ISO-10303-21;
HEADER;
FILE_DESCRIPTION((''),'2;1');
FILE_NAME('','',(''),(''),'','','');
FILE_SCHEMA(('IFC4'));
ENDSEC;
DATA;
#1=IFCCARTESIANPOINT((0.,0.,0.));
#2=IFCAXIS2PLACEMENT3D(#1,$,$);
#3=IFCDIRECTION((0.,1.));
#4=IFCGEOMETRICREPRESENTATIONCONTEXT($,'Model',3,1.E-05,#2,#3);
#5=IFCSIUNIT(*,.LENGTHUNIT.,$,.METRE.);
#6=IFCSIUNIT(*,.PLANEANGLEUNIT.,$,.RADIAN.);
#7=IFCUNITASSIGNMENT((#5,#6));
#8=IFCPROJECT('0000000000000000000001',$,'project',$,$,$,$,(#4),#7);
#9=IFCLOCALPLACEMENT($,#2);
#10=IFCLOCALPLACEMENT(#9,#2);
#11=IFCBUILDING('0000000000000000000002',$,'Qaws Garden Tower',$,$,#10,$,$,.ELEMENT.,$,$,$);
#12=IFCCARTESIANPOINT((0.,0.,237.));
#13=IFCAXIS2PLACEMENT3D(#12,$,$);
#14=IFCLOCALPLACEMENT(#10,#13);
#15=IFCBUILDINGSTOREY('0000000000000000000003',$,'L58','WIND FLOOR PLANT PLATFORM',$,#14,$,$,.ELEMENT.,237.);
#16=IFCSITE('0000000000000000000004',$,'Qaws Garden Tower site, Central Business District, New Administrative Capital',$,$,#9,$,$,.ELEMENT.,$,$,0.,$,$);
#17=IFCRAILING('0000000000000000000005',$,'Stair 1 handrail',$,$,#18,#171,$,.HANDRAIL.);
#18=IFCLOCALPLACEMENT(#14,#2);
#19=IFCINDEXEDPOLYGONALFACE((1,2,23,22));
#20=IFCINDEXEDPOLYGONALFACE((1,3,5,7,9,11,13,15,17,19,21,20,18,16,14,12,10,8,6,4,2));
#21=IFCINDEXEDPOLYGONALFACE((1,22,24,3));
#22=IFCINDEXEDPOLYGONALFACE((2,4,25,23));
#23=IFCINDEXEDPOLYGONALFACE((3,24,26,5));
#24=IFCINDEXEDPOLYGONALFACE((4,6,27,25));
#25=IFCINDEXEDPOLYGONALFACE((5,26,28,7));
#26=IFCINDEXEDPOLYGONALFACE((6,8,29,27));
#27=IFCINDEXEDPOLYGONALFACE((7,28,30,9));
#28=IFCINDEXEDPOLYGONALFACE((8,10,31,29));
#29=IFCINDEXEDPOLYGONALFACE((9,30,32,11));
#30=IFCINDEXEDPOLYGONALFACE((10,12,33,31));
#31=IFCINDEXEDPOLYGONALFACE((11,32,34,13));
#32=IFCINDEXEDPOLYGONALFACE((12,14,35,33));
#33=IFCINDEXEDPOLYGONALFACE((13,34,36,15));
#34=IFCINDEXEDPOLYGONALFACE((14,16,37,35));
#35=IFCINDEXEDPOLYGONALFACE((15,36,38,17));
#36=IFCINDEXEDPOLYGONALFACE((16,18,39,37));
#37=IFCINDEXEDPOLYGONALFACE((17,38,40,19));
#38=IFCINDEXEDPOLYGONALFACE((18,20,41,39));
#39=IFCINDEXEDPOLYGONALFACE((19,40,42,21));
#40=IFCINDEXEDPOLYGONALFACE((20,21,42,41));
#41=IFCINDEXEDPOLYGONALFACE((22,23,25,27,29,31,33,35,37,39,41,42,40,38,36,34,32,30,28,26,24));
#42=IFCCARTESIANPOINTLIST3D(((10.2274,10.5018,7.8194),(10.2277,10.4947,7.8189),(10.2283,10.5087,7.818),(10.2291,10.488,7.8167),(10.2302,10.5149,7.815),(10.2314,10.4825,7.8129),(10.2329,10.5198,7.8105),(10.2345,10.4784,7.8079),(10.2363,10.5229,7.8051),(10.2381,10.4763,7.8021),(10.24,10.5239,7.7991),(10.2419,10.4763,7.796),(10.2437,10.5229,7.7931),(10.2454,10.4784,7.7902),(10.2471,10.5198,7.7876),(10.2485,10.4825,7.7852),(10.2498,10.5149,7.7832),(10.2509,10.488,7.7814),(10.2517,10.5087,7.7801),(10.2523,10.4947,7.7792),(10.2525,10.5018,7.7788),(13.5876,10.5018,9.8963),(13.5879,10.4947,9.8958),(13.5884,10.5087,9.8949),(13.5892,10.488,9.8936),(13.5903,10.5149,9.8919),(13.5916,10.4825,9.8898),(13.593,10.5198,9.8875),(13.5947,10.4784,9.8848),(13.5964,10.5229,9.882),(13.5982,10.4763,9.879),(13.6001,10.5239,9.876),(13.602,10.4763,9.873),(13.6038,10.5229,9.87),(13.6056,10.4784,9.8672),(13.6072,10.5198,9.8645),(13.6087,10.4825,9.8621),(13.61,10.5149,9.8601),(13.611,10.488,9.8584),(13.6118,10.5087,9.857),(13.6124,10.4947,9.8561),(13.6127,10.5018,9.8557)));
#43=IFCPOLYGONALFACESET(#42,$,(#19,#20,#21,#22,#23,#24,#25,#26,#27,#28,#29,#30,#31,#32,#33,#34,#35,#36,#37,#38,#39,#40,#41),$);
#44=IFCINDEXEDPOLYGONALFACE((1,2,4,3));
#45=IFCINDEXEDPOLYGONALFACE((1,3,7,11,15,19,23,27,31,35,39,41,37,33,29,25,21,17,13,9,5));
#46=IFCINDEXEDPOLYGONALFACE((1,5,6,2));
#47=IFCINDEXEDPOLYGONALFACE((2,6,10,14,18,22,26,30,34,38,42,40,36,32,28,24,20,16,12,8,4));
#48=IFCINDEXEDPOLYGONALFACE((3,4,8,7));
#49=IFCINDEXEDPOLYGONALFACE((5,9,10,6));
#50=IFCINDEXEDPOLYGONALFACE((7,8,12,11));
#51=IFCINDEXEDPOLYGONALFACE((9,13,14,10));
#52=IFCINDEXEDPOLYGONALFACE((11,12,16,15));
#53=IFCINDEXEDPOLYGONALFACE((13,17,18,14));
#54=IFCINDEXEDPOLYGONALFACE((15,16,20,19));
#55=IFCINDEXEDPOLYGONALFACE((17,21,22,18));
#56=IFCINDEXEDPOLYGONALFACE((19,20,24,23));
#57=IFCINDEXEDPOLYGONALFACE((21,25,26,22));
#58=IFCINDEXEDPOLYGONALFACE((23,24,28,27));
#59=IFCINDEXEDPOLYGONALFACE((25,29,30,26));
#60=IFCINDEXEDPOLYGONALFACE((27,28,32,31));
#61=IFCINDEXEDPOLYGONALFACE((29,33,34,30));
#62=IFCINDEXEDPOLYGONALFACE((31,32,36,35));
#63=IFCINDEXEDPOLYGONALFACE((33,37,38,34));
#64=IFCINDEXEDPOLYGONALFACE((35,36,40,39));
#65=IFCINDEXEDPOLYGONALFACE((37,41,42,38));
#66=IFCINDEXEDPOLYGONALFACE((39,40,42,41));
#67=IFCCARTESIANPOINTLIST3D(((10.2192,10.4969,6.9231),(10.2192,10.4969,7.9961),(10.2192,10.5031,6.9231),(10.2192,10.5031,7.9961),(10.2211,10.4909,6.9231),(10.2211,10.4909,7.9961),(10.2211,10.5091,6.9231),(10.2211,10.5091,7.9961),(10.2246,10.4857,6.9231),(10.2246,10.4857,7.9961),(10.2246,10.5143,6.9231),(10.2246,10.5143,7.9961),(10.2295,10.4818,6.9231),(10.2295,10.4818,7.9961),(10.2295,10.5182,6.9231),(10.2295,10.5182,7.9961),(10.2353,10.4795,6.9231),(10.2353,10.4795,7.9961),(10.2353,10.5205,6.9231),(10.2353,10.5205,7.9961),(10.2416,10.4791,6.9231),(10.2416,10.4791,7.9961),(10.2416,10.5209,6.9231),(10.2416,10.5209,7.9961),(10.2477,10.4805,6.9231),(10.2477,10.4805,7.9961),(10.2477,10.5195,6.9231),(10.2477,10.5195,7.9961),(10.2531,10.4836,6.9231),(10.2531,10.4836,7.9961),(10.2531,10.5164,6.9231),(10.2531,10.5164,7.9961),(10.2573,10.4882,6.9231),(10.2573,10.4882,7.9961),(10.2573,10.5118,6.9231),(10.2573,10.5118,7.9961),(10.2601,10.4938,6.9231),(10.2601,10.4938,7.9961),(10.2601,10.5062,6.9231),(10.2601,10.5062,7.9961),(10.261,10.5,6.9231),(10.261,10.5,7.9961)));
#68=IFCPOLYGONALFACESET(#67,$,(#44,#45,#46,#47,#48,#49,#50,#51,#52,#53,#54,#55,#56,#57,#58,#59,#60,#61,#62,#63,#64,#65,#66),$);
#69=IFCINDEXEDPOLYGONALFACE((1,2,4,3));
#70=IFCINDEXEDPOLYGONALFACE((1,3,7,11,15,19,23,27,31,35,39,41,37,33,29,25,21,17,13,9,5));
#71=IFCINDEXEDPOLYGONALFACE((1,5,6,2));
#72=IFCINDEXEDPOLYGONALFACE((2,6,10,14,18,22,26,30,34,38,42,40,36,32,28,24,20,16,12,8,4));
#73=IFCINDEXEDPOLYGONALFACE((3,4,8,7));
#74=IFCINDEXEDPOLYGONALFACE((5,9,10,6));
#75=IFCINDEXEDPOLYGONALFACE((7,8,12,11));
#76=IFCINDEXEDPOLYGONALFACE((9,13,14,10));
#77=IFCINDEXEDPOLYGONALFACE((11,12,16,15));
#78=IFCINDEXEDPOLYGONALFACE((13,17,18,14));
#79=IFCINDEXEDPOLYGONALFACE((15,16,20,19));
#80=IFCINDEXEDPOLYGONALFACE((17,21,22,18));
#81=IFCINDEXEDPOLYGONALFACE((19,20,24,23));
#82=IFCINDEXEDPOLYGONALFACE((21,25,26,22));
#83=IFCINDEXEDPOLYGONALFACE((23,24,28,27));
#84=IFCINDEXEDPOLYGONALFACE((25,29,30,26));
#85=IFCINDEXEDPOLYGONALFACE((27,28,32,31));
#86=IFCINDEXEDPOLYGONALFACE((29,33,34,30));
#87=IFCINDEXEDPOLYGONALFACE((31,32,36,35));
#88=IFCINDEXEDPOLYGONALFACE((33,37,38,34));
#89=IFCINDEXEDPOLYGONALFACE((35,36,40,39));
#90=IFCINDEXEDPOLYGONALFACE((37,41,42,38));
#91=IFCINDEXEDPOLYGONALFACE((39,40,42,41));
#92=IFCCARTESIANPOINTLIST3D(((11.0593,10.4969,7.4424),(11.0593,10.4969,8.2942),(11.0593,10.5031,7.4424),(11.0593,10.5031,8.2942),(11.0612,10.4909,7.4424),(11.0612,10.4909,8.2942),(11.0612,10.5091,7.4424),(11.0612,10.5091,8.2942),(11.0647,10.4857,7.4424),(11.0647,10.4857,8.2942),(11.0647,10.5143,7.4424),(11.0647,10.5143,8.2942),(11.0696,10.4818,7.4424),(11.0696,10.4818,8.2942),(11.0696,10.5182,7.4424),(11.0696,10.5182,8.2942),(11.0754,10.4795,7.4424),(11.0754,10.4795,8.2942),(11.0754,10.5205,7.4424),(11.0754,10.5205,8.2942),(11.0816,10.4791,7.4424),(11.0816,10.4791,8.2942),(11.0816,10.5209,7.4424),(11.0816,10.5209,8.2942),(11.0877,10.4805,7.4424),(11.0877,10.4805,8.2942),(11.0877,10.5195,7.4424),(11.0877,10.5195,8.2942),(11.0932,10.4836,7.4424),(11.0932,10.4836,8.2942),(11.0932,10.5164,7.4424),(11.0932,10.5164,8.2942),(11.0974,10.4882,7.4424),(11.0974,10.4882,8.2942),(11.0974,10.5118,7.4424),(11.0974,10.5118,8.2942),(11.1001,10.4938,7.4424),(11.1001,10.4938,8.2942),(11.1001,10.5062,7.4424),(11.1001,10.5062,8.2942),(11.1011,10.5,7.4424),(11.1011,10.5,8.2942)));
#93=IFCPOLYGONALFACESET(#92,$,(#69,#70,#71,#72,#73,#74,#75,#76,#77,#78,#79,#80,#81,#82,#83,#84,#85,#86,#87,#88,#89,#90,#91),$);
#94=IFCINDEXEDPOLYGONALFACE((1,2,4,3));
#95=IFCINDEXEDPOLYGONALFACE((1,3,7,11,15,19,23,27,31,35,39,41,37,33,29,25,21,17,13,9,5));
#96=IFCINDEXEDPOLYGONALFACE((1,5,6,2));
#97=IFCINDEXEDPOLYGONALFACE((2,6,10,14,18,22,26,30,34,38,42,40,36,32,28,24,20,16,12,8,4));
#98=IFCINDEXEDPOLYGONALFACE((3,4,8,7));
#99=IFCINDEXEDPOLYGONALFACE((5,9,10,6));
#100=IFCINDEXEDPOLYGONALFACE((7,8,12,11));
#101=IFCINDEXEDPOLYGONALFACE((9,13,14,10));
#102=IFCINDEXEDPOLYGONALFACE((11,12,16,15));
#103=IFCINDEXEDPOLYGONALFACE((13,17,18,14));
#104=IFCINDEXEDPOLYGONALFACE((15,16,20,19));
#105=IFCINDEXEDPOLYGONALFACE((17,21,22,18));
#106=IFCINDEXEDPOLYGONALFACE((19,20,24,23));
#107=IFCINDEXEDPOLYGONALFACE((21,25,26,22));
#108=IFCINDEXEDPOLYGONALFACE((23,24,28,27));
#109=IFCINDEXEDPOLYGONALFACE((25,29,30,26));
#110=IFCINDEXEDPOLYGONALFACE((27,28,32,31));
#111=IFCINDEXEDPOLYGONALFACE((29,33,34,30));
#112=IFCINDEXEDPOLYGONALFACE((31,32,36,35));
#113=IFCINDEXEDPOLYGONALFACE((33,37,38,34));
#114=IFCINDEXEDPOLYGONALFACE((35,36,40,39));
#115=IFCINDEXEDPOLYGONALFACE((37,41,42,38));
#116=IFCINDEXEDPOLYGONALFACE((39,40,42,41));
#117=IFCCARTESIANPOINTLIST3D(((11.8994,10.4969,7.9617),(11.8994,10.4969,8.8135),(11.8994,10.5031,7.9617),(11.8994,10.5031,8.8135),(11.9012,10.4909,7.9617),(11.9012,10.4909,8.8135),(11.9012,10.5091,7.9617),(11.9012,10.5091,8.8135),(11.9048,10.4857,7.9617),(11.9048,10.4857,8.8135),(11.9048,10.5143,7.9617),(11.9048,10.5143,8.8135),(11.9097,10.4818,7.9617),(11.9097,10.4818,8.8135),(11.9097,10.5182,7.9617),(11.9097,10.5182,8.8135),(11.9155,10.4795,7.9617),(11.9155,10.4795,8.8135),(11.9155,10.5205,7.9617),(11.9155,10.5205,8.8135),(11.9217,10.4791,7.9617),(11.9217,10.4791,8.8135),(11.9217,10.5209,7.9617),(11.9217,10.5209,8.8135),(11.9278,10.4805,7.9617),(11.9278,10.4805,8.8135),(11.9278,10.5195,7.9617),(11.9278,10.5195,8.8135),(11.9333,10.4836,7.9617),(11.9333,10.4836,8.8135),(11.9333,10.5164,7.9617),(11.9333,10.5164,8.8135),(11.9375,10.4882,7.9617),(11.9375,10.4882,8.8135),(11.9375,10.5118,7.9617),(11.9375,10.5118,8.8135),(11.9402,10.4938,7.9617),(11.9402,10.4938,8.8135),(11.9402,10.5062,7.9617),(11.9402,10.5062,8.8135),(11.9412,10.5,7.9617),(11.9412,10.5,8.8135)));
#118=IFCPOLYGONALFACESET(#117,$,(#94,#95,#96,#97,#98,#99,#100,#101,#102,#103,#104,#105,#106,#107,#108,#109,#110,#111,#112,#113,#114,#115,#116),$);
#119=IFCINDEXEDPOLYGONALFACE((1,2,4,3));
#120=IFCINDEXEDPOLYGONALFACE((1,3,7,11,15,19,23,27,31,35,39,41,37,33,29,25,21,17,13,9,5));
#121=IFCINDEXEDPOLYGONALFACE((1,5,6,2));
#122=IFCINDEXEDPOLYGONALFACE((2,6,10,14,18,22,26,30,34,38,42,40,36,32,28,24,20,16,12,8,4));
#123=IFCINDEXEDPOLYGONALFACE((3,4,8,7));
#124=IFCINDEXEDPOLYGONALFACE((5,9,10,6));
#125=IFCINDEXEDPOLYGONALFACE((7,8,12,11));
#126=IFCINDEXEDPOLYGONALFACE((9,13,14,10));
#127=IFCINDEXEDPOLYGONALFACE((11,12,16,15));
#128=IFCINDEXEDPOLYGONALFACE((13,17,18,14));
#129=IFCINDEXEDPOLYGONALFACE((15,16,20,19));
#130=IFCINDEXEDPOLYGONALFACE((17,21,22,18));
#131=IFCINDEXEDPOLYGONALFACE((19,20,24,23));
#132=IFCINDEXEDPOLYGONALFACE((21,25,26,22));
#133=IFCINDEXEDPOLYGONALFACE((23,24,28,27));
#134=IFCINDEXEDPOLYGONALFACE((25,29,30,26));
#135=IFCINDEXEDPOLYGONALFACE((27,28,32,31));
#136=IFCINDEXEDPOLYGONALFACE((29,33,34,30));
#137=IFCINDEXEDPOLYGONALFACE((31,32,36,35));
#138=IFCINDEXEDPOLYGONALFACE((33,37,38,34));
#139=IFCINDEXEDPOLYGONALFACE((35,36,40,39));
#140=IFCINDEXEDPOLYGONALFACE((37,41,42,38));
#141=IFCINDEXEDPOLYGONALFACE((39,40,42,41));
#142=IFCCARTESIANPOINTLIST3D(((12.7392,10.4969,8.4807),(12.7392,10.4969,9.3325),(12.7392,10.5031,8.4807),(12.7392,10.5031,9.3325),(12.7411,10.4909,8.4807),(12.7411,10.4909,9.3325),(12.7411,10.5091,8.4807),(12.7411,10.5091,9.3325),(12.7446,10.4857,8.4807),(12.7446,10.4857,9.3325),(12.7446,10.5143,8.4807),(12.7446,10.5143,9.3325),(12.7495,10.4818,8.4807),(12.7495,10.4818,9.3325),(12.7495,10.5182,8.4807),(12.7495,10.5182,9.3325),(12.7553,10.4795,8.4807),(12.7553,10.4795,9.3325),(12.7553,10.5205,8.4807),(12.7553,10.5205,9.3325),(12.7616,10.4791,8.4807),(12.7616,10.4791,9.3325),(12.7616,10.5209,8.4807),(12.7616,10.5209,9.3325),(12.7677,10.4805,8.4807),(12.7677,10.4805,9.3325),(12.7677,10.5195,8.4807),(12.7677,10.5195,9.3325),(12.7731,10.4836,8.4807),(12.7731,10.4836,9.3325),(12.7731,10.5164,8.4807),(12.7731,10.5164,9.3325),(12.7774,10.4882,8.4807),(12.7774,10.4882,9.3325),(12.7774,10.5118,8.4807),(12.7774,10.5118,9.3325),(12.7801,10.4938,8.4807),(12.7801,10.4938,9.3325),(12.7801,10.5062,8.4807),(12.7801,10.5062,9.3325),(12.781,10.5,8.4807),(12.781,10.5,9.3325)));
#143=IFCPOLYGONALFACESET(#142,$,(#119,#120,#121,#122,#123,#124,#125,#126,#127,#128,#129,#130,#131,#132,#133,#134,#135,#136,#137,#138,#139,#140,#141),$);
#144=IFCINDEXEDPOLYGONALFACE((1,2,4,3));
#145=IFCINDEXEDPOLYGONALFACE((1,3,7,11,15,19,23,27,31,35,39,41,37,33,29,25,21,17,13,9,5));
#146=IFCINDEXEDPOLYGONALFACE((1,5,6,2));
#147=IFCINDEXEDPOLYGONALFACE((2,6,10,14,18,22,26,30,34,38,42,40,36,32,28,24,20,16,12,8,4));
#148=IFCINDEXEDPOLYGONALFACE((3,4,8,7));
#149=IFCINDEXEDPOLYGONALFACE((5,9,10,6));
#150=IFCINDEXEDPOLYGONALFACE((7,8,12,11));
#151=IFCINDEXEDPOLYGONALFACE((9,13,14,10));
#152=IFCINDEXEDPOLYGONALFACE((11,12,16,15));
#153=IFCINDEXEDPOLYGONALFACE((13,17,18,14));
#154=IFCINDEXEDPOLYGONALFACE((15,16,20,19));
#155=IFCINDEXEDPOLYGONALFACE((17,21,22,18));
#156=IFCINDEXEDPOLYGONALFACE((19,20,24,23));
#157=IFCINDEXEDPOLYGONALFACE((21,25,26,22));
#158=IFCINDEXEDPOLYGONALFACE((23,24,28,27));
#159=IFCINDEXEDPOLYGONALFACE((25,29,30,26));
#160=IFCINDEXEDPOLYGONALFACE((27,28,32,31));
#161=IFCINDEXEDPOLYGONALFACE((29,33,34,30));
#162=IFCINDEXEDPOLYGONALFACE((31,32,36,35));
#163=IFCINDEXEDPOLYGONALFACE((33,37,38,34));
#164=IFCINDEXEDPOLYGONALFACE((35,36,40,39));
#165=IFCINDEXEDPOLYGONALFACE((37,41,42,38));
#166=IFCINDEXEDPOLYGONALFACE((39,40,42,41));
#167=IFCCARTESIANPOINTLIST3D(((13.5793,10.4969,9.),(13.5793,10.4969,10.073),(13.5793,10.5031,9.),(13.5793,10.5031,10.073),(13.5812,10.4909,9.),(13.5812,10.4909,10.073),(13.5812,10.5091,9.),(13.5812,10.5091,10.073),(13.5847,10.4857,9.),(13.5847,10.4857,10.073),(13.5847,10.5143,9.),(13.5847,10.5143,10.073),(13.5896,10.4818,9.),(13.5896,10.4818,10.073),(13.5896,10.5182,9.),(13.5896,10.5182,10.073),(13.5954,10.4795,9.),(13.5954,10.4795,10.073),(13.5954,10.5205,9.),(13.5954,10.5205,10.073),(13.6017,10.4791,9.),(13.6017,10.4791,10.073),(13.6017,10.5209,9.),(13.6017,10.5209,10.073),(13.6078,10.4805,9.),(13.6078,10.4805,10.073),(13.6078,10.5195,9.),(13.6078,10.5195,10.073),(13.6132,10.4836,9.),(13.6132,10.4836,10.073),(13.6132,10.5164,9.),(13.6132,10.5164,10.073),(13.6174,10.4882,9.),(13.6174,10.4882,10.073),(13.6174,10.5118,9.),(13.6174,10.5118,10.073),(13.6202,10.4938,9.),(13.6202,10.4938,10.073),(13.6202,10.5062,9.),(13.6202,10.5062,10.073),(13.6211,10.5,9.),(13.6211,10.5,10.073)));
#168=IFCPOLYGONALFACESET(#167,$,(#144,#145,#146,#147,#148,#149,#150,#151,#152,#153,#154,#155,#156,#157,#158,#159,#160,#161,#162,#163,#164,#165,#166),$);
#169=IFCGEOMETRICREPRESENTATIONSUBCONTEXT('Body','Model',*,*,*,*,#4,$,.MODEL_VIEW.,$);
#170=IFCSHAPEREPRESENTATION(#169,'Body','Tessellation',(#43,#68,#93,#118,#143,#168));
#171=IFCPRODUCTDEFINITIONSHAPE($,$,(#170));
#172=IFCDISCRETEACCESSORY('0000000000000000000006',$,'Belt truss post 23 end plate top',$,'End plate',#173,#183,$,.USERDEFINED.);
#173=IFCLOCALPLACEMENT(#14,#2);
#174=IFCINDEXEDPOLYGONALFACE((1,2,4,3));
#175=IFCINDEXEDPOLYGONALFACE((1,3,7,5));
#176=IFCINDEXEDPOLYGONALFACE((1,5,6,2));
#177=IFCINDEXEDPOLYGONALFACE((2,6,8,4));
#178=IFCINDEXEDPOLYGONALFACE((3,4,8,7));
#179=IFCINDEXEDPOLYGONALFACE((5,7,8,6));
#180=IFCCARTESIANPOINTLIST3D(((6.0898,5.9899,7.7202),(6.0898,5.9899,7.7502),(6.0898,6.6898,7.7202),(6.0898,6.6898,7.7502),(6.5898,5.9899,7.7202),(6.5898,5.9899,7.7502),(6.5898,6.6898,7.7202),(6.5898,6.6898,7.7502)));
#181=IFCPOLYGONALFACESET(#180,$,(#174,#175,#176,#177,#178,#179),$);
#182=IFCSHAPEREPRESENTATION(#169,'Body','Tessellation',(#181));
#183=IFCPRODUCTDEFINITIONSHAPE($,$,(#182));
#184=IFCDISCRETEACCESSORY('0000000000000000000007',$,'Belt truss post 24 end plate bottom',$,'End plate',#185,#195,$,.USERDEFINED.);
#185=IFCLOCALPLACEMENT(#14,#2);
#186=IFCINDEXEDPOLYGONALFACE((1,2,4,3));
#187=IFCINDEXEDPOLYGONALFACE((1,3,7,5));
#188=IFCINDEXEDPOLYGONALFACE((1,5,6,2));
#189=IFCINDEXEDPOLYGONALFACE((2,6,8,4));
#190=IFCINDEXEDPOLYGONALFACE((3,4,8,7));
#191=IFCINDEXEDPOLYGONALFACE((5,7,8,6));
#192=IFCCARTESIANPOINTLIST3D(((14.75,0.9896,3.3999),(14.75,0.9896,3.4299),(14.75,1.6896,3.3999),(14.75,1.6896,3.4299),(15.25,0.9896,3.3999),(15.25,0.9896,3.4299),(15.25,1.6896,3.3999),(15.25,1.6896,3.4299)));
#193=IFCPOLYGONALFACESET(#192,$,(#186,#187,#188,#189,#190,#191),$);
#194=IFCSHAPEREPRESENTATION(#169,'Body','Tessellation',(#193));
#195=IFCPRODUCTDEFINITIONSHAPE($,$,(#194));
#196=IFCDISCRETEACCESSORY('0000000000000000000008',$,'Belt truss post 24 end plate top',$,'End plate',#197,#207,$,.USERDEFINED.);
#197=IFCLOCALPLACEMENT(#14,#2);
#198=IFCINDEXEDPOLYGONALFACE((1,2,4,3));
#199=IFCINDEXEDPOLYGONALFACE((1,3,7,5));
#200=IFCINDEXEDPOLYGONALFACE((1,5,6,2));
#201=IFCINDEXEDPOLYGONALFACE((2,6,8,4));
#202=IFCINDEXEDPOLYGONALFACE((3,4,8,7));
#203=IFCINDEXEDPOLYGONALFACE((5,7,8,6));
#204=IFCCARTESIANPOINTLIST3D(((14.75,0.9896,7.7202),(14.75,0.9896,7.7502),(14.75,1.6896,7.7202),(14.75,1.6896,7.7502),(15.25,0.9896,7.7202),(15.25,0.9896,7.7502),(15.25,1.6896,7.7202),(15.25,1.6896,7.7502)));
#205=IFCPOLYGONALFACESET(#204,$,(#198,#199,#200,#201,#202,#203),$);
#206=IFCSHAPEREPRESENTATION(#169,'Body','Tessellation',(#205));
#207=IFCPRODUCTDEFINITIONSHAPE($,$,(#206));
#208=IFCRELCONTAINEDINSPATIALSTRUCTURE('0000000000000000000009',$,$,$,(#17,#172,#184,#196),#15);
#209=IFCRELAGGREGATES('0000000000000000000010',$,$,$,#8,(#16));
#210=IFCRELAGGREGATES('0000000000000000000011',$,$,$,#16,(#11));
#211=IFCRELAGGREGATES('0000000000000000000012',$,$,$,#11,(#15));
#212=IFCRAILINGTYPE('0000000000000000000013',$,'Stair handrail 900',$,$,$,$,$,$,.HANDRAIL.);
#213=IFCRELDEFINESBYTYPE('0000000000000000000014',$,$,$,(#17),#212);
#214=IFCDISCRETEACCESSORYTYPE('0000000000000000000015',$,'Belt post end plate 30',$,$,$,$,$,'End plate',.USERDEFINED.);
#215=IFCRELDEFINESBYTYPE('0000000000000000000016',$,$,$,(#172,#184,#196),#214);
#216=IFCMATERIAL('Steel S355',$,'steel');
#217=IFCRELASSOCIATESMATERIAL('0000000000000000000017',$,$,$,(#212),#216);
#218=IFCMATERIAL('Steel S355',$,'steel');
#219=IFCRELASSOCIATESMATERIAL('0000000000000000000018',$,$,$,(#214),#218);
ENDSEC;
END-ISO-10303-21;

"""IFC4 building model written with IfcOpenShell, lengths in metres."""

from ifc_helpers import new_model, si_unit, direction, frame, origin, origin_2d, place, context, subcontext, project, spatial, rectangle, circle, extrude, material, type_object, element, save


model = new_model("IFC4")

# Units and contexts
model_context = context("Model", 3, precision=1e-05, world=origin(), true_north=direction((0.0, 1.0)))
body_context = subcontext(model_context, "Body", "Model", "MODEL_VIEW")
ifc_project = project(units=[si_unit("LENGTHUNIT", "METRE"), si_unit("PLANEANGLEUNIT", "RADIAN")], contexts=[model_context])

# Site, building, storey
site_placement = place(None, origin())
site = spatial("IfcSite", under=ifc_project, at=site_placement, Name="Qaws Garden Tower site, Central Business District, New Administrative Capital", CompositionType="ELEMENT", RefElevation=0.0)
building_placement = place(site_placement, origin())
building = spatial("IfcBuilding", under=site, at=building_placement, Name="Qaws Garden Tower", CompositionType="ELEMENT")
storey_placement = place(building_placement, frame((0.0, 0.0, 237.0)))
storey = spatial("IfcBuildingStorey", under=building, at=storey_placement, Name="L58", Description="WIND FLOOR PLANT PLATFORM", CompositionType="ELEMENT", Elevation=237.0)

# Shared definitions
placement = place(storey_placement, frame((15.0, 1.3396, 3.3999), z_axis=(0.0, 0.0, 1.0), x_axis=(1.0, 0.0, 0.0)))

# Railing
ifc_material_1 = material(Name="Steel S355", Category="steel")
railing_type_1 = type_object("IfcRailingType", Name="Stair handrail 900", PredefinedType="HANDRAIL", material=ifc_material_1)
for number, where, name in (
    (1, (10.24, 10.5, 6.9231), "Stair 1 handrail"),
):
    element("IfcRailing", number, at=place(storey_placement, frame(where)), inside=storey, type_object=railing_type_1, Name=name, PredefinedType="HANDRAIL", context=body_context, shape_type="SweptSolid", body=[
        extrude(circle(Radius=0.0239, at=origin_2d()), frame((0.0, 0.0, 0.876), z_axis=(0.850623, 0.0, 0.525776), x_axis=(0.0, 1.0, 0.0)), (0.0, 0.0, 1.0), 3.9502),
        extrude(circle(Radius=0.021, at=origin_2d()), origin(), (0.0, 0.0, 1.0), 1.073),
        extrude(circle(Radius=0.021, at=origin_2d()), frame((0.8401, 0.0, 0.5193)), (0.0, 0.0, 1.0), 0.8518),
        extrude(circle(Radius=0.021, at=origin_2d()), frame((1.6802, 0.0, 1.0386)), (0.0, 0.0, 1.0), 0.8518),
        extrude(circle(Radius=0.021, at=origin_2d()), frame((2.52, 0.0, 1.5576)), (0.0, 0.0, 1.0), 0.8518),
        extrude(circle(Radius=0.021, at=origin_2d()), frame((3.3601, 0.0, 2.0769)), (0.0, 0.0, 1.0), 1.073),
    ])

# Discrete accessories
ifc_material_2 = material(Name="Steel S355", Category="steel")
discrete_accessory_type = type_object("IfcDiscreteAccessoryType", Name="Belt post end plate 30", ElementType="End plate", PredefinedType="USERDEFINED", material=ifc_material_2)
discrete_accessory_1_placement = place(storey_placement, frame((6.3398, 6.3398, 7.7202), z_axis=(0.0, 0.0, 1.0), x_axis=(1.0, 0.0, 0.0)))
element("IfcDiscreteAccessory", 2, at=discrete_accessory_1_placement, inside=storey, type_object=discrete_accessory_type, Name="Belt truss post 23 end plate top", ObjectType="End plate", PredefinedType="USERDEFINED", context=body_context, shape_type="SweptSolid", body=[
    extrude(rectangle(XDim=0.5, YDim=0.7, at=origin_2d()), origin(), (0.0, 0.0, 1.0), 0.03),
])
element("IfcDiscreteAccessory", 3, at=placement, inside=storey, type_object=discrete_accessory_type, Name="Belt truss post 24 end plate bottom", ObjectType="End plate", PredefinedType="USERDEFINED", context=body_context, shape_type="SweptSolid", body=[
    extrude(rectangle(XDim=0.5, YDim=0.7, at=origin_2d()), origin(), (0.0, 0.0, 1.0), 0.03),
])
discrete_accessory_2_placement = place(storey_placement, frame((15.0, 1.3396, 7.7202), z_axis=(0.0, 0.0, 1.0), x_axis=(1.0, 0.0, 0.0)))
element("IfcDiscreteAccessory", 4, at=discrete_accessory_2_placement, inside=storey, type_object=discrete_accessory_type, Name="Belt truss post 24 end plate top", ObjectType="End plate", PredefinedType="USERDEFINED", context=body_context, shape_type="SweptSolid", body=[
    extrude(rectangle(XDim=0.5, YDim=0.7, at=origin_2d()), origin(), (0.0, 0.0, 1.0), 0.03),
])

save(model, "model.ifc")
